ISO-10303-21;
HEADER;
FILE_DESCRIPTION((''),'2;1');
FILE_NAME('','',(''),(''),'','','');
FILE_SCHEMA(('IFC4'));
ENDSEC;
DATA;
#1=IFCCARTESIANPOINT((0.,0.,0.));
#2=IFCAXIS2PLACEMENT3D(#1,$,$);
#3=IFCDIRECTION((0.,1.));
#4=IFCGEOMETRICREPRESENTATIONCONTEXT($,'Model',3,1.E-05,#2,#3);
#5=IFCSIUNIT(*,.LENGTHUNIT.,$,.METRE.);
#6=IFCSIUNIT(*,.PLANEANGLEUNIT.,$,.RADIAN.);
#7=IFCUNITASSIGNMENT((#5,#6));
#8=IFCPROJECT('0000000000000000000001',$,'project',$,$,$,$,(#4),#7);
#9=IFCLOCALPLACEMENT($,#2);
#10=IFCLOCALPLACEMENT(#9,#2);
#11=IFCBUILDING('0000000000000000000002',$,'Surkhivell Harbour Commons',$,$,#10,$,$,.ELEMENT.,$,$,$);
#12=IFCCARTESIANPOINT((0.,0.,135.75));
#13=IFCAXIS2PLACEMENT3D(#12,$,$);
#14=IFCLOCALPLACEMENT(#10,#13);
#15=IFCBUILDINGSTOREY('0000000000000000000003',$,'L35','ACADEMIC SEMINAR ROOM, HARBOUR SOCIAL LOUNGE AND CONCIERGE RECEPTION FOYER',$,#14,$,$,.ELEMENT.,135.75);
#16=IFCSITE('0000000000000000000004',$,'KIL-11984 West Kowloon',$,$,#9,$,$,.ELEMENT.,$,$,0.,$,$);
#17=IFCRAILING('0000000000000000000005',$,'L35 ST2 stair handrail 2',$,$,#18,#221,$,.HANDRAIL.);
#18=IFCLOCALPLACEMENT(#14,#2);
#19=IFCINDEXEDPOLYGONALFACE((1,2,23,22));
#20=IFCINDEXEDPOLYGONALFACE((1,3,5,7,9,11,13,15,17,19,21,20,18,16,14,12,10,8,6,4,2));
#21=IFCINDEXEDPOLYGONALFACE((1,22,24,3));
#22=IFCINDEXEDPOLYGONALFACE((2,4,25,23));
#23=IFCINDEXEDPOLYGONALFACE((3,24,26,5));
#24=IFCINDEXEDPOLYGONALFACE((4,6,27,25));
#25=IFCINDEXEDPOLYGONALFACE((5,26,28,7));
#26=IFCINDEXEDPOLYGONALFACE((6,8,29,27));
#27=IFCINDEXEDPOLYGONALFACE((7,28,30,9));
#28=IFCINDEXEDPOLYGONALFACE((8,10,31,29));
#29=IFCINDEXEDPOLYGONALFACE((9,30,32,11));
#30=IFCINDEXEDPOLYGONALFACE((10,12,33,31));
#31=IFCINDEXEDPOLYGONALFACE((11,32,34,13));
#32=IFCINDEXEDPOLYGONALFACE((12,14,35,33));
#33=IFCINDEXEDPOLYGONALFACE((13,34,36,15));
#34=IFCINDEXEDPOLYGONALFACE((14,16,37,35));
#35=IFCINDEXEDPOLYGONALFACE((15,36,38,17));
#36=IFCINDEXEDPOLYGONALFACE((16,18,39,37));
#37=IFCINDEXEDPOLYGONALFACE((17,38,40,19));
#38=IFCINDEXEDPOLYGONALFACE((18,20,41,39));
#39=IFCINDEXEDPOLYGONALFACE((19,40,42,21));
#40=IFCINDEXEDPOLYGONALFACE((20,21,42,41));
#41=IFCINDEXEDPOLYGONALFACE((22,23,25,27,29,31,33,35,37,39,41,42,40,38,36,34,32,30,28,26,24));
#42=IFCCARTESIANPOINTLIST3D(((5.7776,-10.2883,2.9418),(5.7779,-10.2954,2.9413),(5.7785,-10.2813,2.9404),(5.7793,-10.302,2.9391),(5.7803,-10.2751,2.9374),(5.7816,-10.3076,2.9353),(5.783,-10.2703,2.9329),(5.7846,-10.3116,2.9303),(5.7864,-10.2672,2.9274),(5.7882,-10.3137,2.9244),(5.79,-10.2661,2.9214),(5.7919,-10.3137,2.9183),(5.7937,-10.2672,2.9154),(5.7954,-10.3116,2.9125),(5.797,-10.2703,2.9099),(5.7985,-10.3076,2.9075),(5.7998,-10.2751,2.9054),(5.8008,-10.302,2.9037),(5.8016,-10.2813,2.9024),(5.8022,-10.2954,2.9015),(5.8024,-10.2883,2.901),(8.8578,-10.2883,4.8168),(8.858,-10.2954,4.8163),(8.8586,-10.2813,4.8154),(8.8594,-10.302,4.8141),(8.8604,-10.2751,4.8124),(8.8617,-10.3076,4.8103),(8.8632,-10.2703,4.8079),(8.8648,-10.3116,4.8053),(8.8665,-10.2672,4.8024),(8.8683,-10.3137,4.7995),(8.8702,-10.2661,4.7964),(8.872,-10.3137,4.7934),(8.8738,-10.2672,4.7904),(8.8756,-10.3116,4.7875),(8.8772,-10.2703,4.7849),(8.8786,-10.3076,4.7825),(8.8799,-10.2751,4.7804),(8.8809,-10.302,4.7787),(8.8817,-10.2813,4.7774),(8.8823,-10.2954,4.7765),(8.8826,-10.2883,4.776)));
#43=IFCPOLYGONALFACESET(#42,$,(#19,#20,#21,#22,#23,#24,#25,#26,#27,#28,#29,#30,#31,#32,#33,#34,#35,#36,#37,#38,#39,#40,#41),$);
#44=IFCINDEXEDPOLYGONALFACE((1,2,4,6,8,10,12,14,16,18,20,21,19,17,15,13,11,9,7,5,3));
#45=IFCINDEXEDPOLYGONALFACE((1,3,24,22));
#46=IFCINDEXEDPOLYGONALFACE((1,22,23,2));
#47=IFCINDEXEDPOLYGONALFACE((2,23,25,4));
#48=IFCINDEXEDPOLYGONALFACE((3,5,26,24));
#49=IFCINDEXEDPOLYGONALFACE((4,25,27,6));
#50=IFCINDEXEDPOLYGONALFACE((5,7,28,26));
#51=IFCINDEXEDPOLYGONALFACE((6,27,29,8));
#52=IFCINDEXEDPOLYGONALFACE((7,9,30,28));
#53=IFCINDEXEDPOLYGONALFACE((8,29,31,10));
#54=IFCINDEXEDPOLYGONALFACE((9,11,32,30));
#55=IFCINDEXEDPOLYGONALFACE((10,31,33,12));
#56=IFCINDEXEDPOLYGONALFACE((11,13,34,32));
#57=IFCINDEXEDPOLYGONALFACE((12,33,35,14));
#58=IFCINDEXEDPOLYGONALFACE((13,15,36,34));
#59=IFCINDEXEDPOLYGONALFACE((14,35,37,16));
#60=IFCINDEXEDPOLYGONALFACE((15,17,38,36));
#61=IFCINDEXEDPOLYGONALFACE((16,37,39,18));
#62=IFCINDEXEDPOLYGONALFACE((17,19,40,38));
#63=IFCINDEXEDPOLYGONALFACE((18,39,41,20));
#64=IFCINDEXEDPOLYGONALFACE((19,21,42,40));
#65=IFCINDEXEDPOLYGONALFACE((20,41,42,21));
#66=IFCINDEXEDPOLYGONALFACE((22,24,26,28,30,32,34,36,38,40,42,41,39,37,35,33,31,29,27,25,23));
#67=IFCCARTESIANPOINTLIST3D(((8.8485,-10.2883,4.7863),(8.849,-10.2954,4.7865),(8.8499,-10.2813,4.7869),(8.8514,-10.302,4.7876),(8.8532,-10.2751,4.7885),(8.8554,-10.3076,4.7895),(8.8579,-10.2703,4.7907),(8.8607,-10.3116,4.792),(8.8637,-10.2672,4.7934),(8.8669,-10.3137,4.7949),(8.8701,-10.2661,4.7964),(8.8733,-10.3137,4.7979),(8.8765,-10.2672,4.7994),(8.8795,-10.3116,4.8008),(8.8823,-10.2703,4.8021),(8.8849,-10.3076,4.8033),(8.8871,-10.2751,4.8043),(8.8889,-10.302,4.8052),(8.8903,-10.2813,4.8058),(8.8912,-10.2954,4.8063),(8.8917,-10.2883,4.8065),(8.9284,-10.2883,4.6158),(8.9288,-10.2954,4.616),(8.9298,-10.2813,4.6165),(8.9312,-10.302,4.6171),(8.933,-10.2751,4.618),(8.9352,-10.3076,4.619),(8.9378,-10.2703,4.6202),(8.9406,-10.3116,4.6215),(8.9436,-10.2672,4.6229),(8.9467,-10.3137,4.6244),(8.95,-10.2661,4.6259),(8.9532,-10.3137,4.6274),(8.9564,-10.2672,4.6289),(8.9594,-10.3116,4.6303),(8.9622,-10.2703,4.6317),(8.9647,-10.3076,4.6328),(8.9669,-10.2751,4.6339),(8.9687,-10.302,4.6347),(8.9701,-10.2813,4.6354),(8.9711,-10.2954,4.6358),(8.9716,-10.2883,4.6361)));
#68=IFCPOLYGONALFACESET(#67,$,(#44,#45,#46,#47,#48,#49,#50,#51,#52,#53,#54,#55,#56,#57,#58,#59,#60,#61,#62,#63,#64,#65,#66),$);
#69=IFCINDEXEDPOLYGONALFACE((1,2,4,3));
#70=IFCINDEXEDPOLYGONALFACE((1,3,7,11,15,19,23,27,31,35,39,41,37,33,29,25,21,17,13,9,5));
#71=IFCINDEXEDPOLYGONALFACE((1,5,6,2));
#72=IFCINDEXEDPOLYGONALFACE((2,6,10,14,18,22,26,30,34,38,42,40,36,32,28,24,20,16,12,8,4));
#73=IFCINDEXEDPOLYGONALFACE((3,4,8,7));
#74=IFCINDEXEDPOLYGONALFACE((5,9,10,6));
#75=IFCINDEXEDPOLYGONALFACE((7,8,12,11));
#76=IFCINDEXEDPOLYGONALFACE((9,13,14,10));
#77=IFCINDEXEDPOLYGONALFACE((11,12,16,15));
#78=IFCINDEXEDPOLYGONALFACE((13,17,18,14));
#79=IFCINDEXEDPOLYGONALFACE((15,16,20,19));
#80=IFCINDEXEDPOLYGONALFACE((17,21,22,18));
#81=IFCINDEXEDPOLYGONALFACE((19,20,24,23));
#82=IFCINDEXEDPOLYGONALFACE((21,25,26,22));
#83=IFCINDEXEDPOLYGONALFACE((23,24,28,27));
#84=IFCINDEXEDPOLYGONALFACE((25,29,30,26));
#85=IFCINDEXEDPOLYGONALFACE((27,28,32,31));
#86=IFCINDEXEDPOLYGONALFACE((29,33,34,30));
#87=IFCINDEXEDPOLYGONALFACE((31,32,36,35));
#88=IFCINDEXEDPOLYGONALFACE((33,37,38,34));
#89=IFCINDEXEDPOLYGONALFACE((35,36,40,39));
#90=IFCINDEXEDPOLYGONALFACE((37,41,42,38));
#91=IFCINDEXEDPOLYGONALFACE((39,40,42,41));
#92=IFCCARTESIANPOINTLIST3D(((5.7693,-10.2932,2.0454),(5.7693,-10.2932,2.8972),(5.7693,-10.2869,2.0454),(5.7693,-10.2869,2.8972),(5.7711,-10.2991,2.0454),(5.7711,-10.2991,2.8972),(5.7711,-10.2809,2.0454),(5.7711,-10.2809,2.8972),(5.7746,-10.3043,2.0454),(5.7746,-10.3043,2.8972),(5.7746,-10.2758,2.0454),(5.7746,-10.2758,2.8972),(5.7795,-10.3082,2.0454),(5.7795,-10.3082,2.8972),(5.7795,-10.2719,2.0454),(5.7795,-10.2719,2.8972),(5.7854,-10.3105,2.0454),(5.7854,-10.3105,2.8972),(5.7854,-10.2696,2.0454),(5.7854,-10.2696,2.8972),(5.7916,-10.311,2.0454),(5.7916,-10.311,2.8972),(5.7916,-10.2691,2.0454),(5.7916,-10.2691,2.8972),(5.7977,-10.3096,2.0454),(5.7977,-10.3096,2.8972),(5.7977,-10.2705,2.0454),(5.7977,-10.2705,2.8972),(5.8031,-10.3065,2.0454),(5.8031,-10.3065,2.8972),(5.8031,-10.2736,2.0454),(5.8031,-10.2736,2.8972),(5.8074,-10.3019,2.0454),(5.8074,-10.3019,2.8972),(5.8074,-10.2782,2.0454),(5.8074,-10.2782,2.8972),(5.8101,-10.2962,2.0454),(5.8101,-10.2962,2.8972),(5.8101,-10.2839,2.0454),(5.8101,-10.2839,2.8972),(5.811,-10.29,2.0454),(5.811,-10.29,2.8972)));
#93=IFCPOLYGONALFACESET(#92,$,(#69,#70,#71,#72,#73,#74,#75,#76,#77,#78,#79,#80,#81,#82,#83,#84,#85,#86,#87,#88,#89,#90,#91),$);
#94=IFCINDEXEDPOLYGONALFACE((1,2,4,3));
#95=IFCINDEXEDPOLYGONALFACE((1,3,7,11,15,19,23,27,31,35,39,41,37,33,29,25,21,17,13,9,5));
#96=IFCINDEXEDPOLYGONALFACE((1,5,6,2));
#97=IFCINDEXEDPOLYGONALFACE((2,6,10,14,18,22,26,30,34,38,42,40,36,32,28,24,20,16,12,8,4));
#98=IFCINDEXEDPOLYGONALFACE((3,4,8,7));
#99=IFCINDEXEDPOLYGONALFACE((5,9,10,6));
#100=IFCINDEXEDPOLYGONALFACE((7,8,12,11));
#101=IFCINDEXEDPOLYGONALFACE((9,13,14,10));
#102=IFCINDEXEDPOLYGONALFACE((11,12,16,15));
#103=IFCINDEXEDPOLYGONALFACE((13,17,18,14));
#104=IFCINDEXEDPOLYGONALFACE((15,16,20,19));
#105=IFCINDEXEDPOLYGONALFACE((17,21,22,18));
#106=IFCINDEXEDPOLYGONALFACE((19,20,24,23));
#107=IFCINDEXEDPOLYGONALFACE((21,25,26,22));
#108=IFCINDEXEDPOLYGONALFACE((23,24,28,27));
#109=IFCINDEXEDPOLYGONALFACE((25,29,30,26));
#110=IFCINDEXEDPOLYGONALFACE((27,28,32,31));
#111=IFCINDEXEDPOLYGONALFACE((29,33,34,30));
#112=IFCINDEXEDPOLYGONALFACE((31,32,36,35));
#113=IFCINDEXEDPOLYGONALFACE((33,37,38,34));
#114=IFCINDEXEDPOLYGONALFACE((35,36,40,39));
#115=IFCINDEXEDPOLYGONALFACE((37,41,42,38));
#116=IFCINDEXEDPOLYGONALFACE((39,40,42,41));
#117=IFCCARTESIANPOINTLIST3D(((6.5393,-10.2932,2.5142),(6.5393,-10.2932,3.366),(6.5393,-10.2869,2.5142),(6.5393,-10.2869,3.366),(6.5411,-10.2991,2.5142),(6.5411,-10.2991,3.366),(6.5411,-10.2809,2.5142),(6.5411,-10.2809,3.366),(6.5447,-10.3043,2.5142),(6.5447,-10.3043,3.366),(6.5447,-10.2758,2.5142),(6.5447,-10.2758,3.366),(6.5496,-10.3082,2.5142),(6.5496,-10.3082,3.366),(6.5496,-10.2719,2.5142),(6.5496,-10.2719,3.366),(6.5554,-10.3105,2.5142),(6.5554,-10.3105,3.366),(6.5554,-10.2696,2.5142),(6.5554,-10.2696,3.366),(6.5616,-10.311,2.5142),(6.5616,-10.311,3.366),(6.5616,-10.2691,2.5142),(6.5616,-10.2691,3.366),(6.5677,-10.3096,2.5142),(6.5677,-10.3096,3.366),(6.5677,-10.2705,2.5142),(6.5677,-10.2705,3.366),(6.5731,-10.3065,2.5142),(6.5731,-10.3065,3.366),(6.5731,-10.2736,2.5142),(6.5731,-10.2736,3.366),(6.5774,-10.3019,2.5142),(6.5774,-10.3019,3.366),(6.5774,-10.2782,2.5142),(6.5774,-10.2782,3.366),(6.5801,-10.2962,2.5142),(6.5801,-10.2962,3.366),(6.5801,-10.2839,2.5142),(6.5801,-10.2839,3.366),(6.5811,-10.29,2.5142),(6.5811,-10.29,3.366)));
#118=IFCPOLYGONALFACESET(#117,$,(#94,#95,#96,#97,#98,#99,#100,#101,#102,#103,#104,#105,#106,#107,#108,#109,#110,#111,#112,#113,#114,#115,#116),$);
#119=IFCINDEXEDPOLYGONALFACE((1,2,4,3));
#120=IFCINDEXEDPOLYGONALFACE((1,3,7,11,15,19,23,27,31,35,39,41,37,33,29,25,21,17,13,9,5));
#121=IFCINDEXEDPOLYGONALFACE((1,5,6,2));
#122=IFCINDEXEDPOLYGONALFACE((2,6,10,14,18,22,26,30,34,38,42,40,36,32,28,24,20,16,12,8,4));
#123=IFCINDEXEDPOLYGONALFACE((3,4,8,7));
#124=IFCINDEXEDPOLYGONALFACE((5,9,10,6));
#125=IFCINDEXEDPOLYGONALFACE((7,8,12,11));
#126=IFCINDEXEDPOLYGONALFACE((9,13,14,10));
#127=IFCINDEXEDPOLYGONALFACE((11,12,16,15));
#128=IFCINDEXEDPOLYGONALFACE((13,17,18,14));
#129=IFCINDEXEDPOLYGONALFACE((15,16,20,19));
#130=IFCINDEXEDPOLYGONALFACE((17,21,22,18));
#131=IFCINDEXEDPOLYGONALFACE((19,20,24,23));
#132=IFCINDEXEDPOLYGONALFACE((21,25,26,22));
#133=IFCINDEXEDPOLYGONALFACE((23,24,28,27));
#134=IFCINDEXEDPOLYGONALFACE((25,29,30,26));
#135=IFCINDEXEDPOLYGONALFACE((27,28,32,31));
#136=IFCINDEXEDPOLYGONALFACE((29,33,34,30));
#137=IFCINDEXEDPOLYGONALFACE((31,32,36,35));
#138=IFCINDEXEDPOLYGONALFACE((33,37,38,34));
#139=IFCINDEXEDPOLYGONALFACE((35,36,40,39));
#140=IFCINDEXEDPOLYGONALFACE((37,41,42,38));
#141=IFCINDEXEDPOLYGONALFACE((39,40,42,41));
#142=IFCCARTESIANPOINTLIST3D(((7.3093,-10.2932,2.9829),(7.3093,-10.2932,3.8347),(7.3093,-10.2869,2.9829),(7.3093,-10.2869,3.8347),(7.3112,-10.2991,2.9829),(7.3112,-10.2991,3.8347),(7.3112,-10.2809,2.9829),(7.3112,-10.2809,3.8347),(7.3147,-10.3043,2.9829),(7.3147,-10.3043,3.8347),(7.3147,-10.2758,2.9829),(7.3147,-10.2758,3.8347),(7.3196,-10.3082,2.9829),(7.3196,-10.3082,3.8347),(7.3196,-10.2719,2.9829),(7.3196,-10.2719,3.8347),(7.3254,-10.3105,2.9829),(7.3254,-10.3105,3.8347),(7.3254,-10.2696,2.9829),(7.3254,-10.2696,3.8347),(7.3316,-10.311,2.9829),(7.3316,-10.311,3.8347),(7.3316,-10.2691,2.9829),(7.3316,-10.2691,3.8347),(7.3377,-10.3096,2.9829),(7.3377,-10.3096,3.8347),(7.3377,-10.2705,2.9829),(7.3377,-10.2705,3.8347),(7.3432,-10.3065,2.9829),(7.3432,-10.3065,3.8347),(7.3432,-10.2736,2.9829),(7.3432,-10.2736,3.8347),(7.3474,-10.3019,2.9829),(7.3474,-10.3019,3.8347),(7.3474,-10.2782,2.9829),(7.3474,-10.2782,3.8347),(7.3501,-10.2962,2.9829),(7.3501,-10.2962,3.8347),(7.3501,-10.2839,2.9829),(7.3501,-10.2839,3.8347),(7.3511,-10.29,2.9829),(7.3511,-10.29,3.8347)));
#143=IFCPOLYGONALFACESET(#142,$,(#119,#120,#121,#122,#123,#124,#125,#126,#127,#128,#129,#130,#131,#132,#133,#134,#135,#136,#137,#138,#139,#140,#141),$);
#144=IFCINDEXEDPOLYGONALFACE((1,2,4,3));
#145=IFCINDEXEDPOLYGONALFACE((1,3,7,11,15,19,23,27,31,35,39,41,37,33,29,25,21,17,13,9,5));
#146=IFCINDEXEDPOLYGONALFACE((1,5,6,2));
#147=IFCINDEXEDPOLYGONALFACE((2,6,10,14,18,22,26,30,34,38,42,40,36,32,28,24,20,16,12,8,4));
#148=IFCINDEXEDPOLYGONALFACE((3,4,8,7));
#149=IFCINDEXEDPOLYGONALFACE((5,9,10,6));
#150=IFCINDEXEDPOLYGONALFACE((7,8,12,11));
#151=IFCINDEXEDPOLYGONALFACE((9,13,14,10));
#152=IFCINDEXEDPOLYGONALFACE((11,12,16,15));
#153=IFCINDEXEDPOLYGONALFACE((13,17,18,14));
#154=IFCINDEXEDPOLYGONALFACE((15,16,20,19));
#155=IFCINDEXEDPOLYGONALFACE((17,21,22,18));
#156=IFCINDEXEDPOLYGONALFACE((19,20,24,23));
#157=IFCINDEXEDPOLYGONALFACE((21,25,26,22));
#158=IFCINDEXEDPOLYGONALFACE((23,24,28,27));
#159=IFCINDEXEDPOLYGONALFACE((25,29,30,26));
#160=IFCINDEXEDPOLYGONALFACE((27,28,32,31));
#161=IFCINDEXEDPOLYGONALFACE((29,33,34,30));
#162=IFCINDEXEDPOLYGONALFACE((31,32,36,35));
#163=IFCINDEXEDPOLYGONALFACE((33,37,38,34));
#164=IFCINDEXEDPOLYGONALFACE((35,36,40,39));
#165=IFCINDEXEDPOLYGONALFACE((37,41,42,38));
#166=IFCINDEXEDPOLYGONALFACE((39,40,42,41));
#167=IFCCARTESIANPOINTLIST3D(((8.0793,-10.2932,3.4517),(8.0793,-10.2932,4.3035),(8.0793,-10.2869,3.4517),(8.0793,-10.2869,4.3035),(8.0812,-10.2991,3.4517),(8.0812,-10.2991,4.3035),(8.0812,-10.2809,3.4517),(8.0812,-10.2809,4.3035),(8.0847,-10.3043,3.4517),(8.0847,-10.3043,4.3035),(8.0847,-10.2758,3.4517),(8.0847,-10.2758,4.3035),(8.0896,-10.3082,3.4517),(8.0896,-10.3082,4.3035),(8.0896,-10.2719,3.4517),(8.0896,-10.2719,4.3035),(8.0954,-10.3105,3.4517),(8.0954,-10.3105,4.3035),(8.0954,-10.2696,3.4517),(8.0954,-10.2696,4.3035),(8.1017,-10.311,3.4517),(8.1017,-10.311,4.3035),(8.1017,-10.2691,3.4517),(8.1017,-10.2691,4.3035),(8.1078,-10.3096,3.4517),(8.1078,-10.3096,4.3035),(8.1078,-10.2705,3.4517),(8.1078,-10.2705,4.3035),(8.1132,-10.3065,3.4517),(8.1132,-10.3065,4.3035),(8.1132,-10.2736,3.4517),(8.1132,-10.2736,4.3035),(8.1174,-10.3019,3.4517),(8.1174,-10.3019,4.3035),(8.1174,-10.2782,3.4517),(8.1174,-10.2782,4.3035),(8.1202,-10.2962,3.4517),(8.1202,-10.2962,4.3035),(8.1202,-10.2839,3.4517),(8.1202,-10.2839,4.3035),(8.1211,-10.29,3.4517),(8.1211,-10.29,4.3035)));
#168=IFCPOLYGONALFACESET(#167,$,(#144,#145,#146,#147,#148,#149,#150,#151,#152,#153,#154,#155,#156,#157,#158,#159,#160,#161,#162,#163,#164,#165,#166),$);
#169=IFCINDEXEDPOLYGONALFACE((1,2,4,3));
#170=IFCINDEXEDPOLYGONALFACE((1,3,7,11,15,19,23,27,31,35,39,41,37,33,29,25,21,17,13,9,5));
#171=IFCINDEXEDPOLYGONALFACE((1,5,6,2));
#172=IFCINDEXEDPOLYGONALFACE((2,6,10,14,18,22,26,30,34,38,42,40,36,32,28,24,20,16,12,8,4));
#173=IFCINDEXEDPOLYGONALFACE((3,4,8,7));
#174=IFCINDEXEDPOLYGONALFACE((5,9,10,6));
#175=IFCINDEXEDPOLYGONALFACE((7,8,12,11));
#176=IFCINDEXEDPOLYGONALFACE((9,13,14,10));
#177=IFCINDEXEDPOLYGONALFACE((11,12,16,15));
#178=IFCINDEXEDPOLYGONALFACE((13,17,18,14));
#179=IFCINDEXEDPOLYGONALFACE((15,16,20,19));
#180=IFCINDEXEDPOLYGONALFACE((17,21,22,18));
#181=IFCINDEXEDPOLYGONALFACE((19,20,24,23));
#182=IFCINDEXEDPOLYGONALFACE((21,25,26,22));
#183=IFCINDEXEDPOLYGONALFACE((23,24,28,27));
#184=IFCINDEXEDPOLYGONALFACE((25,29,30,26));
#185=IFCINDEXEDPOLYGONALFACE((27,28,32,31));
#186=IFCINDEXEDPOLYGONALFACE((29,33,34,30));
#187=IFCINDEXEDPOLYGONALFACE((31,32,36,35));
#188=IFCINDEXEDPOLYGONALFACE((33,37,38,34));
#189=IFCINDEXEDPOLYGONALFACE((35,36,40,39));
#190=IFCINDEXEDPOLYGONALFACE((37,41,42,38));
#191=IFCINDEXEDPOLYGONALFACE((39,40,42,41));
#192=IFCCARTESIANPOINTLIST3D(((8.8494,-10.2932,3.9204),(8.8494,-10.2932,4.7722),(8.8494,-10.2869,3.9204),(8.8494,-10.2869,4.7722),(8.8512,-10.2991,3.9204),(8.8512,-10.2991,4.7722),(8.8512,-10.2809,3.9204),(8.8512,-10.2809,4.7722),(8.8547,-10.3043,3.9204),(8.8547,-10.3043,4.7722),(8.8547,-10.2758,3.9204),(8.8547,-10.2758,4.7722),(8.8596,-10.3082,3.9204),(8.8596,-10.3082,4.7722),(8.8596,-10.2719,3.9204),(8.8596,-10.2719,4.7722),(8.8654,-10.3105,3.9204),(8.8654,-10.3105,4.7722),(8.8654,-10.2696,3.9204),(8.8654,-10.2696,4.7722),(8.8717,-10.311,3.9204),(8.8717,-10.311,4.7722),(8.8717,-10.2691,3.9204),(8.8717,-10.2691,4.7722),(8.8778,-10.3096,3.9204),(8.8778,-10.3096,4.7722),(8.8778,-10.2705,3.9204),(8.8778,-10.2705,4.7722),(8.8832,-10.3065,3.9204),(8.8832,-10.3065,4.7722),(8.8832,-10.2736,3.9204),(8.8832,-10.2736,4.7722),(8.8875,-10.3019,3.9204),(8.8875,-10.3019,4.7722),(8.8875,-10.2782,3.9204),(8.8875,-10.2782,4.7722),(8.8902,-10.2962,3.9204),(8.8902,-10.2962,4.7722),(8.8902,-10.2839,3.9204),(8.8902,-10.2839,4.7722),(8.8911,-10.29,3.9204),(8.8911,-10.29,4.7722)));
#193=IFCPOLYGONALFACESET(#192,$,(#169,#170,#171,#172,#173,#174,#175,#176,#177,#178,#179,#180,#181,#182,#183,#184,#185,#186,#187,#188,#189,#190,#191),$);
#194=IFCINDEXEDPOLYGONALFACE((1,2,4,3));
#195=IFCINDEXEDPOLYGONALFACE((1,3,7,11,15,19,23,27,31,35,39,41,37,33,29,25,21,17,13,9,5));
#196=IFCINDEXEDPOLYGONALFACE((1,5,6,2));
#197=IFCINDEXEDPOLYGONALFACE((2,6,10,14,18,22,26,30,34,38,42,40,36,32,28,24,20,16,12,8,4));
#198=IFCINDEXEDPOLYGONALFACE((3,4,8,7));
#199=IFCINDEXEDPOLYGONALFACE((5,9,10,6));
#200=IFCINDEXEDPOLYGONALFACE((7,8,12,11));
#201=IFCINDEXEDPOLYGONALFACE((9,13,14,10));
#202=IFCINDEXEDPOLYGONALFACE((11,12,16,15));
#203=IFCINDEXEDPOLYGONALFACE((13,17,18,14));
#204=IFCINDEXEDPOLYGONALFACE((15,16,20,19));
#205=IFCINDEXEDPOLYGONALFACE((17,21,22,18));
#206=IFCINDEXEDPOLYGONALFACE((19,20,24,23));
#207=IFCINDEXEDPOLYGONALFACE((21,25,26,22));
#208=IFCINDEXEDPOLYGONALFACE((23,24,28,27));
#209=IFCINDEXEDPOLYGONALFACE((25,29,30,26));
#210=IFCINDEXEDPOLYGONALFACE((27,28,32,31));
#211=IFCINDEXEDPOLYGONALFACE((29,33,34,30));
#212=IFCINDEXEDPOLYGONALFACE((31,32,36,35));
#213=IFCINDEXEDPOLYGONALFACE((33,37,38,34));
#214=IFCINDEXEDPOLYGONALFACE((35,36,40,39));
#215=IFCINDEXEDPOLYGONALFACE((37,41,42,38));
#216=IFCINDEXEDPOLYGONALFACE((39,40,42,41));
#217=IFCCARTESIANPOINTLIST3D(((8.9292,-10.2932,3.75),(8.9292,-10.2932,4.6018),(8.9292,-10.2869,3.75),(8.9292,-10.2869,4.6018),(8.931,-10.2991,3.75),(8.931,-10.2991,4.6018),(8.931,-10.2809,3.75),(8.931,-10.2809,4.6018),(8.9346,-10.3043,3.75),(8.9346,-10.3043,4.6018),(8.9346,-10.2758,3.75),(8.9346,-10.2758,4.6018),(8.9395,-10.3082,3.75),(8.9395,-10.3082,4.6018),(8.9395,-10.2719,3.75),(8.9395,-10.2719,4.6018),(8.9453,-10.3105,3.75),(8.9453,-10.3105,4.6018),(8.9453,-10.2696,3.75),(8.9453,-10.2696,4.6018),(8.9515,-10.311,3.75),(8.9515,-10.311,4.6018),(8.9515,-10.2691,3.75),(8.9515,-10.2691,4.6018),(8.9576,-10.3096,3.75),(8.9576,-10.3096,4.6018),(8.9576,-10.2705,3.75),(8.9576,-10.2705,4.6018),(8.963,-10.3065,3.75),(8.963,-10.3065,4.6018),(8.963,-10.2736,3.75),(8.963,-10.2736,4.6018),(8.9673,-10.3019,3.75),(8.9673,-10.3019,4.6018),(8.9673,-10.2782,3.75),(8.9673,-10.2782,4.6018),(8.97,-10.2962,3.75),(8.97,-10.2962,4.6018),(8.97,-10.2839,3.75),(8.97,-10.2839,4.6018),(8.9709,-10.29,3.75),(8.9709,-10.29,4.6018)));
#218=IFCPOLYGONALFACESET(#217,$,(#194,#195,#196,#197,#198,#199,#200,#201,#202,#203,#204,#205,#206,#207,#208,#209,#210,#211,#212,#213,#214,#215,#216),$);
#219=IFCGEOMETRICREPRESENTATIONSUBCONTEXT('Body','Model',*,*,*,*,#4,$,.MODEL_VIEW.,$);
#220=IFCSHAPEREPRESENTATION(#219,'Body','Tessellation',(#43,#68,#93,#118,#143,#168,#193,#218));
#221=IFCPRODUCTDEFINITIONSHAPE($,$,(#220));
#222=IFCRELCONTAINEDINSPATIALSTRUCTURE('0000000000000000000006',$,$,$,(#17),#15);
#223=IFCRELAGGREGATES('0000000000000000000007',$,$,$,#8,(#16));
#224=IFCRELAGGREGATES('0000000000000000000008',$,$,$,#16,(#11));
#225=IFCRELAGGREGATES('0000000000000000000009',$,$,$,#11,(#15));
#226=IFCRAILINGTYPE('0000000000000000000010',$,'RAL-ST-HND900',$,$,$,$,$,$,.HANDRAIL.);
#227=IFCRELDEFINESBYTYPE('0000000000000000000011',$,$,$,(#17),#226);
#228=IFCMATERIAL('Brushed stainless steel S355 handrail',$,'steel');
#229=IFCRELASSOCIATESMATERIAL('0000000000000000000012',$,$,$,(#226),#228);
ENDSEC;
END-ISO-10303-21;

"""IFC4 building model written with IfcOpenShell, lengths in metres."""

from ifc_helpers import new_model, si_unit, direction, frame, origin, origin_2d, place, context, subcontext, project, spatial, circle, extrude, material, type_object, element, save


model = new_model("IFC4")

# Units and contexts
model_context = context("Model", 3, precision=1e-05, world=origin(), true_north=direction((0.0, 1.0)))
body_context = subcontext(model_context, "Body", "Model", "MODEL_VIEW")
ifc_project = project(units=[si_unit("LENGTHUNIT", "METRE"), si_unit("PLANEANGLEUNIT", "RADIAN")], contexts=[model_context])

# Site, building, storey
site_placement = place(None, origin())
site = spatial("IfcSite", under=ifc_project, at=site_placement, Name="KIL-11984 West Kowloon", CompositionType="ELEMENT", RefElevation=0.0)
building_placement = place(site_placement, origin())
building = spatial("IfcBuilding", under=site, at=building_placement, Name="Surkhivell Harbour Commons", CompositionType="ELEMENT")
storey_placement = place(building_placement, frame((0.0, 0.0, 135.75)))
storey = spatial("IfcBuildingStorey", under=building, at=storey_placement, Name="L35", Description="ACADEMIC SEMINAR ROOM, HARBOUR SOCIAL LOUNGE AND CONCIERGE RECEPTION FOYER", CompositionType="ELEMENT", Elevation=135.75)

# Railing
ifc_material_1 = material(Name="Brushed stainless steel S355 handrail", Category="steel")
railing_type_1 = type_object("IfcRailingType", Name="RAL-ST-HND900", PredefinedType="HANDRAIL", material=ifc_material_1)
railing_1_placement = place(storey_placement, frame((5.79, -10.29, 2.0454)))
element("IfcRailing", 1, at=railing_1_placement, inside=storey, type_object=railing_type_1, Name="L35 ST2 stair handrail 2", PredefinedType="HANDRAIL", context=body_context, shape_type="SweptSolid", body=[
    extrude(circle(Radius=0.0239, at=origin_2d()), frame((0.0, 0.0, 0.876), z_axis=(0.854178, 0.0, 0.519981), x_axis=(0.0, 1.0, 0.0)), (0.0, 0.0, 1.0), 3.606),
    extrude(circle(Radius=0.0239, at=origin_2d()), frame((3.0801, 0.0, 2.751), z_axis=(0.424234, 0.0, -0.905552), x_axis=(0.0, 1.0, 0.0)), (0.0, 0.0, 1.0), 0.1882),
    extrude(circle(Radius=0.021, at=origin_2d()), origin(), (0.0, 0.0, 1.0), 0.8518),
    extrude(circle(Radius=0.021, at=origin_2d()), frame((0.77, 0.0, 0.4688)), (0.0, 0.0, 1.0), 0.8518),
    extrude(circle(Radius=0.021, at=origin_2d()), frame((1.54, 0.0, 0.9375)), (0.0, 0.0, 1.0), 0.8518),
    extrude(circle(Radius=0.021, at=origin_2d()), frame((2.3101, 0.0, 1.4062)), (0.0, 0.0, 1.0), 0.8518),
    extrude(circle(Radius=0.021, at=origin_2d()), frame((3.0801, 0.0, 1.875)), (0.0, 0.0, 1.0), 0.8518),
    extrude(circle(Radius=0.021, at=origin_2d()), frame((3.1599, 0.0, 1.7046)), (0.0, 0.0, 1.0), 0.8518),
])

save(model, "model.ifc")
